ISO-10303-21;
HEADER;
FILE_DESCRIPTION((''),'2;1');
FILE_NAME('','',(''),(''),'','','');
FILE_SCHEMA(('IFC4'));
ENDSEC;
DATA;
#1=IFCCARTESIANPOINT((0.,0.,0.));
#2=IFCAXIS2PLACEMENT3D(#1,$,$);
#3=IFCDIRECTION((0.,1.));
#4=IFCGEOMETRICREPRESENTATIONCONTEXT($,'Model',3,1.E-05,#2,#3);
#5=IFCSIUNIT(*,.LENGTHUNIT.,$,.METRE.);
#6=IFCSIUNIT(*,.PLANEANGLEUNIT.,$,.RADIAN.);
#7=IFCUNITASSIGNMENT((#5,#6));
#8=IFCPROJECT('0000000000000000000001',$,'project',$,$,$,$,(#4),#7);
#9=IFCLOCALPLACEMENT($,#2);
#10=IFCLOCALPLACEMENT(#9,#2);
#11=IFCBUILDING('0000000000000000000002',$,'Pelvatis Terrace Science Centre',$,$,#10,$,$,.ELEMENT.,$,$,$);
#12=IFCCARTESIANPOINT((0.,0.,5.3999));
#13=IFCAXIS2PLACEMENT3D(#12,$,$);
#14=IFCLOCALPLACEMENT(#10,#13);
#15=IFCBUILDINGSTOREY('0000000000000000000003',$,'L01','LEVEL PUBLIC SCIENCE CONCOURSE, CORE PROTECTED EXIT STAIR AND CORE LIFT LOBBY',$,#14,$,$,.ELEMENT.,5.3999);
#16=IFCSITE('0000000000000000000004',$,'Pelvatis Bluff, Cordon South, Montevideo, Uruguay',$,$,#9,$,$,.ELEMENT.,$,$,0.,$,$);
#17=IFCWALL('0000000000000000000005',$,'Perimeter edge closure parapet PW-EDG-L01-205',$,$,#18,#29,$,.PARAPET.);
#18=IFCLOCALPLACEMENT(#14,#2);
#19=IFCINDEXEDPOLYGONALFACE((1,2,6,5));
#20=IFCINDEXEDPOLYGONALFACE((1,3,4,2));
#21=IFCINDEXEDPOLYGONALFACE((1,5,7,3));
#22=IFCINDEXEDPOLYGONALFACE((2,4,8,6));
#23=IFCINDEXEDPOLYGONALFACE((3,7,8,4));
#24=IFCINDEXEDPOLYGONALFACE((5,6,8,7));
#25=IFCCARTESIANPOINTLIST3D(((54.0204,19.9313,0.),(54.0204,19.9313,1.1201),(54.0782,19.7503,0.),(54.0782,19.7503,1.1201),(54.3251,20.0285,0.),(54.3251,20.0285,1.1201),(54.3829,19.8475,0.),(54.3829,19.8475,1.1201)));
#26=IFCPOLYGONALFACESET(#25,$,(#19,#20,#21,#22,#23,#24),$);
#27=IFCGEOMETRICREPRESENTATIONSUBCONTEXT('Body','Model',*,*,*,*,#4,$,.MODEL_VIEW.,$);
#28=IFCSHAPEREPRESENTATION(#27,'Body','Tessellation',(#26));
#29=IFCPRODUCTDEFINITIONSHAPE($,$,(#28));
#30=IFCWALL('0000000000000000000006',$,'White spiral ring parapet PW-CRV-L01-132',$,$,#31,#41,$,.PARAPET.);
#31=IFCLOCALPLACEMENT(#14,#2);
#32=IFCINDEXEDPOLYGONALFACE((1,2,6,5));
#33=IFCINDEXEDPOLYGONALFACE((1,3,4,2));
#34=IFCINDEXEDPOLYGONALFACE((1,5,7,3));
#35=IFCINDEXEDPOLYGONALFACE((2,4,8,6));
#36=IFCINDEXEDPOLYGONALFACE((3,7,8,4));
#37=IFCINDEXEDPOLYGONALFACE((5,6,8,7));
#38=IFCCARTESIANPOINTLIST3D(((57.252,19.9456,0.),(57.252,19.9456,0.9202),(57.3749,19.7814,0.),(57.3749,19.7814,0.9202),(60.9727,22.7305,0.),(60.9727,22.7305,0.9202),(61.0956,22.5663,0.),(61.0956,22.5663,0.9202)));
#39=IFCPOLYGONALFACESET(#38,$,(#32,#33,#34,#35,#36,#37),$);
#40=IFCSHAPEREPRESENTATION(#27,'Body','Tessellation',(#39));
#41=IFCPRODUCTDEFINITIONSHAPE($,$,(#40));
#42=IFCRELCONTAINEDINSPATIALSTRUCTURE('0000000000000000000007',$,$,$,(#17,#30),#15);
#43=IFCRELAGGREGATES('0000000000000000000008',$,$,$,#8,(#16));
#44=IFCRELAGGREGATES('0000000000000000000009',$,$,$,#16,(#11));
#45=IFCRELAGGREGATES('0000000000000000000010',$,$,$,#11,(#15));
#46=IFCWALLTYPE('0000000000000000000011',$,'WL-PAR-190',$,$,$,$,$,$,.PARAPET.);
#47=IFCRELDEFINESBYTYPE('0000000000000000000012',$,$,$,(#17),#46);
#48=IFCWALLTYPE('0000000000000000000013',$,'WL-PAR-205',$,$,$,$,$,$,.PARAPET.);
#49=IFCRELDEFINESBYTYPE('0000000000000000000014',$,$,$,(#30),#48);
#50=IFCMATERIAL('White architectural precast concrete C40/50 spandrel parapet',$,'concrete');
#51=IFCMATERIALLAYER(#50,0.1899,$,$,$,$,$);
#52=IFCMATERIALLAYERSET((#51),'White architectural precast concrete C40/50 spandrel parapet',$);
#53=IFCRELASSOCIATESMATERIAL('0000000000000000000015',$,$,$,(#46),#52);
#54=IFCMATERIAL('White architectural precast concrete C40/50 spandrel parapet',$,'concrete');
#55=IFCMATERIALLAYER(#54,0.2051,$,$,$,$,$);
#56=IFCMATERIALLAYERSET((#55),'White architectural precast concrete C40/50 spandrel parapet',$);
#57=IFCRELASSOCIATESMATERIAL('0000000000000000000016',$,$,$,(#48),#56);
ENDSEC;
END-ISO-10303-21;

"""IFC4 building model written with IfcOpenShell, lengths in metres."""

from ifc_helpers import new_model, si_unit, direction, frame, frame_2d, origin, place, context, subcontext, project, spatial, rectangle, extrude, material, layer, layer_set, type_object, element, save


model = new_model("IFC4")

# Units and contexts
model_context = context("Model", 3, precision=1e-05, world=origin(), true_north=direction((0.0, 1.0)))
body_context = subcontext(model_context, "Body", "Model", "MODEL_VIEW")
ifc_project = project(units=[si_unit("LENGTHUNIT", "METRE"), si_unit("PLANEANGLEUNIT", "RADIAN")], contexts=[model_context])

# Site, building, storey
site_placement = place(None, origin())
site = spatial("IfcSite", under=ifc_project, at=site_placement, Name="Pelvatis Bluff, Cordon South, Montevideo, Uruguay", CompositionType="ELEMENT", RefElevation=0.0)
building_placement = place(site_placement, origin())
building = spatial("IfcBuilding", under=site, at=building_placement, Name="Pelvatis Terrace Science Centre", CompositionType="ELEMENT")
storey_placement = place(building_placement, frame((0.0, 0.0, 5.3999)))
storey = spatial("IfcBuildingStorey", under=building, at=storey_placement, Name="L01", Description="LEVEL PUBLIC SCIENCE CONCOURSE, CORE PROTECTED EXIT STAIR AND CORE LIFT LOBBY", CompositionType="ELEMENT", Elevation=5.3999)

# Walls
ifc_material_1 = material(Name="White architectural precast concrete C40/50 spandrel parapet", Category="concrete")
ifc_layer_1 = layer(ifc_material_1, 0.1899)
ifc_layer_set_1 = layer_set([ifc_layer_1], Name="White architectural precast concrete C40/50 spandrel parapet")
wall_type_1 = type_object("IfcWallType", Name="WL-PAR-190", PredefinedType="PARAPET", material=ifc_layer_set_1)
wall_1_placement = place(storey_placement, frame((54.354, 19.938, 0.0), z_axis=(0.0, 0.0, 1.0), x_axis=(-0.952725, -0.303834, 0.0)))
element("IfcWall", 1, at=wall_1_placement, inside=storey, type_object=wall_type_1, Name="Perimeter edge closure parapet PW-EDG-L01-205", PredefinedType="PARAPET", context=body_context, shape_type="SweptSolid", body=[
    extrude(rectangle(XDim=0.3198, YDim=0.1899, at=frame_2d((0.1599, 0.0))), origin(), (0.0, 0.0, 1.0), 1.1201),
])
ifc_material_2 = material(Name="White architectural precast concrete C40/50 spandrel parapet", Category="concrete")
ifc_layer_2 = layer(ifc_material_2, 0.2051)
ifc_layer_set_2 = layer_set([ifc_layer_2], Name="White architectural precast concrete C40/50 spandrel parapet")
wall_type_2 = type_object("IfcWallType", Name="WL-PAR-205", PredefinedType="PARAPET", material=ifc_layer_set_2)
wall_2_placement = place(storey_placement, frame((57.3135, 19.8635, 0.0), z_axis=(0.0, 0.0, 1.0), x_axis=(0.80058, 0.599226, 0.0)))
element("IfcWall", 2, at=wall_2_placement, inside=storey, type_object=wall_type_2, Name="White spiral ring parapet PW-CRV-L01-132", PredefinedType="PARAPET", context=body_context, shape_type="SweptSolid", body=[
    extrude(rectangle(XDim=4.6475, YDim=0.2051, at=frame_2d((2.3237, 0.0))), origin(), (0.0, 0.0, 1.0), 0.9202),
])

save(model, "model.ifc")
